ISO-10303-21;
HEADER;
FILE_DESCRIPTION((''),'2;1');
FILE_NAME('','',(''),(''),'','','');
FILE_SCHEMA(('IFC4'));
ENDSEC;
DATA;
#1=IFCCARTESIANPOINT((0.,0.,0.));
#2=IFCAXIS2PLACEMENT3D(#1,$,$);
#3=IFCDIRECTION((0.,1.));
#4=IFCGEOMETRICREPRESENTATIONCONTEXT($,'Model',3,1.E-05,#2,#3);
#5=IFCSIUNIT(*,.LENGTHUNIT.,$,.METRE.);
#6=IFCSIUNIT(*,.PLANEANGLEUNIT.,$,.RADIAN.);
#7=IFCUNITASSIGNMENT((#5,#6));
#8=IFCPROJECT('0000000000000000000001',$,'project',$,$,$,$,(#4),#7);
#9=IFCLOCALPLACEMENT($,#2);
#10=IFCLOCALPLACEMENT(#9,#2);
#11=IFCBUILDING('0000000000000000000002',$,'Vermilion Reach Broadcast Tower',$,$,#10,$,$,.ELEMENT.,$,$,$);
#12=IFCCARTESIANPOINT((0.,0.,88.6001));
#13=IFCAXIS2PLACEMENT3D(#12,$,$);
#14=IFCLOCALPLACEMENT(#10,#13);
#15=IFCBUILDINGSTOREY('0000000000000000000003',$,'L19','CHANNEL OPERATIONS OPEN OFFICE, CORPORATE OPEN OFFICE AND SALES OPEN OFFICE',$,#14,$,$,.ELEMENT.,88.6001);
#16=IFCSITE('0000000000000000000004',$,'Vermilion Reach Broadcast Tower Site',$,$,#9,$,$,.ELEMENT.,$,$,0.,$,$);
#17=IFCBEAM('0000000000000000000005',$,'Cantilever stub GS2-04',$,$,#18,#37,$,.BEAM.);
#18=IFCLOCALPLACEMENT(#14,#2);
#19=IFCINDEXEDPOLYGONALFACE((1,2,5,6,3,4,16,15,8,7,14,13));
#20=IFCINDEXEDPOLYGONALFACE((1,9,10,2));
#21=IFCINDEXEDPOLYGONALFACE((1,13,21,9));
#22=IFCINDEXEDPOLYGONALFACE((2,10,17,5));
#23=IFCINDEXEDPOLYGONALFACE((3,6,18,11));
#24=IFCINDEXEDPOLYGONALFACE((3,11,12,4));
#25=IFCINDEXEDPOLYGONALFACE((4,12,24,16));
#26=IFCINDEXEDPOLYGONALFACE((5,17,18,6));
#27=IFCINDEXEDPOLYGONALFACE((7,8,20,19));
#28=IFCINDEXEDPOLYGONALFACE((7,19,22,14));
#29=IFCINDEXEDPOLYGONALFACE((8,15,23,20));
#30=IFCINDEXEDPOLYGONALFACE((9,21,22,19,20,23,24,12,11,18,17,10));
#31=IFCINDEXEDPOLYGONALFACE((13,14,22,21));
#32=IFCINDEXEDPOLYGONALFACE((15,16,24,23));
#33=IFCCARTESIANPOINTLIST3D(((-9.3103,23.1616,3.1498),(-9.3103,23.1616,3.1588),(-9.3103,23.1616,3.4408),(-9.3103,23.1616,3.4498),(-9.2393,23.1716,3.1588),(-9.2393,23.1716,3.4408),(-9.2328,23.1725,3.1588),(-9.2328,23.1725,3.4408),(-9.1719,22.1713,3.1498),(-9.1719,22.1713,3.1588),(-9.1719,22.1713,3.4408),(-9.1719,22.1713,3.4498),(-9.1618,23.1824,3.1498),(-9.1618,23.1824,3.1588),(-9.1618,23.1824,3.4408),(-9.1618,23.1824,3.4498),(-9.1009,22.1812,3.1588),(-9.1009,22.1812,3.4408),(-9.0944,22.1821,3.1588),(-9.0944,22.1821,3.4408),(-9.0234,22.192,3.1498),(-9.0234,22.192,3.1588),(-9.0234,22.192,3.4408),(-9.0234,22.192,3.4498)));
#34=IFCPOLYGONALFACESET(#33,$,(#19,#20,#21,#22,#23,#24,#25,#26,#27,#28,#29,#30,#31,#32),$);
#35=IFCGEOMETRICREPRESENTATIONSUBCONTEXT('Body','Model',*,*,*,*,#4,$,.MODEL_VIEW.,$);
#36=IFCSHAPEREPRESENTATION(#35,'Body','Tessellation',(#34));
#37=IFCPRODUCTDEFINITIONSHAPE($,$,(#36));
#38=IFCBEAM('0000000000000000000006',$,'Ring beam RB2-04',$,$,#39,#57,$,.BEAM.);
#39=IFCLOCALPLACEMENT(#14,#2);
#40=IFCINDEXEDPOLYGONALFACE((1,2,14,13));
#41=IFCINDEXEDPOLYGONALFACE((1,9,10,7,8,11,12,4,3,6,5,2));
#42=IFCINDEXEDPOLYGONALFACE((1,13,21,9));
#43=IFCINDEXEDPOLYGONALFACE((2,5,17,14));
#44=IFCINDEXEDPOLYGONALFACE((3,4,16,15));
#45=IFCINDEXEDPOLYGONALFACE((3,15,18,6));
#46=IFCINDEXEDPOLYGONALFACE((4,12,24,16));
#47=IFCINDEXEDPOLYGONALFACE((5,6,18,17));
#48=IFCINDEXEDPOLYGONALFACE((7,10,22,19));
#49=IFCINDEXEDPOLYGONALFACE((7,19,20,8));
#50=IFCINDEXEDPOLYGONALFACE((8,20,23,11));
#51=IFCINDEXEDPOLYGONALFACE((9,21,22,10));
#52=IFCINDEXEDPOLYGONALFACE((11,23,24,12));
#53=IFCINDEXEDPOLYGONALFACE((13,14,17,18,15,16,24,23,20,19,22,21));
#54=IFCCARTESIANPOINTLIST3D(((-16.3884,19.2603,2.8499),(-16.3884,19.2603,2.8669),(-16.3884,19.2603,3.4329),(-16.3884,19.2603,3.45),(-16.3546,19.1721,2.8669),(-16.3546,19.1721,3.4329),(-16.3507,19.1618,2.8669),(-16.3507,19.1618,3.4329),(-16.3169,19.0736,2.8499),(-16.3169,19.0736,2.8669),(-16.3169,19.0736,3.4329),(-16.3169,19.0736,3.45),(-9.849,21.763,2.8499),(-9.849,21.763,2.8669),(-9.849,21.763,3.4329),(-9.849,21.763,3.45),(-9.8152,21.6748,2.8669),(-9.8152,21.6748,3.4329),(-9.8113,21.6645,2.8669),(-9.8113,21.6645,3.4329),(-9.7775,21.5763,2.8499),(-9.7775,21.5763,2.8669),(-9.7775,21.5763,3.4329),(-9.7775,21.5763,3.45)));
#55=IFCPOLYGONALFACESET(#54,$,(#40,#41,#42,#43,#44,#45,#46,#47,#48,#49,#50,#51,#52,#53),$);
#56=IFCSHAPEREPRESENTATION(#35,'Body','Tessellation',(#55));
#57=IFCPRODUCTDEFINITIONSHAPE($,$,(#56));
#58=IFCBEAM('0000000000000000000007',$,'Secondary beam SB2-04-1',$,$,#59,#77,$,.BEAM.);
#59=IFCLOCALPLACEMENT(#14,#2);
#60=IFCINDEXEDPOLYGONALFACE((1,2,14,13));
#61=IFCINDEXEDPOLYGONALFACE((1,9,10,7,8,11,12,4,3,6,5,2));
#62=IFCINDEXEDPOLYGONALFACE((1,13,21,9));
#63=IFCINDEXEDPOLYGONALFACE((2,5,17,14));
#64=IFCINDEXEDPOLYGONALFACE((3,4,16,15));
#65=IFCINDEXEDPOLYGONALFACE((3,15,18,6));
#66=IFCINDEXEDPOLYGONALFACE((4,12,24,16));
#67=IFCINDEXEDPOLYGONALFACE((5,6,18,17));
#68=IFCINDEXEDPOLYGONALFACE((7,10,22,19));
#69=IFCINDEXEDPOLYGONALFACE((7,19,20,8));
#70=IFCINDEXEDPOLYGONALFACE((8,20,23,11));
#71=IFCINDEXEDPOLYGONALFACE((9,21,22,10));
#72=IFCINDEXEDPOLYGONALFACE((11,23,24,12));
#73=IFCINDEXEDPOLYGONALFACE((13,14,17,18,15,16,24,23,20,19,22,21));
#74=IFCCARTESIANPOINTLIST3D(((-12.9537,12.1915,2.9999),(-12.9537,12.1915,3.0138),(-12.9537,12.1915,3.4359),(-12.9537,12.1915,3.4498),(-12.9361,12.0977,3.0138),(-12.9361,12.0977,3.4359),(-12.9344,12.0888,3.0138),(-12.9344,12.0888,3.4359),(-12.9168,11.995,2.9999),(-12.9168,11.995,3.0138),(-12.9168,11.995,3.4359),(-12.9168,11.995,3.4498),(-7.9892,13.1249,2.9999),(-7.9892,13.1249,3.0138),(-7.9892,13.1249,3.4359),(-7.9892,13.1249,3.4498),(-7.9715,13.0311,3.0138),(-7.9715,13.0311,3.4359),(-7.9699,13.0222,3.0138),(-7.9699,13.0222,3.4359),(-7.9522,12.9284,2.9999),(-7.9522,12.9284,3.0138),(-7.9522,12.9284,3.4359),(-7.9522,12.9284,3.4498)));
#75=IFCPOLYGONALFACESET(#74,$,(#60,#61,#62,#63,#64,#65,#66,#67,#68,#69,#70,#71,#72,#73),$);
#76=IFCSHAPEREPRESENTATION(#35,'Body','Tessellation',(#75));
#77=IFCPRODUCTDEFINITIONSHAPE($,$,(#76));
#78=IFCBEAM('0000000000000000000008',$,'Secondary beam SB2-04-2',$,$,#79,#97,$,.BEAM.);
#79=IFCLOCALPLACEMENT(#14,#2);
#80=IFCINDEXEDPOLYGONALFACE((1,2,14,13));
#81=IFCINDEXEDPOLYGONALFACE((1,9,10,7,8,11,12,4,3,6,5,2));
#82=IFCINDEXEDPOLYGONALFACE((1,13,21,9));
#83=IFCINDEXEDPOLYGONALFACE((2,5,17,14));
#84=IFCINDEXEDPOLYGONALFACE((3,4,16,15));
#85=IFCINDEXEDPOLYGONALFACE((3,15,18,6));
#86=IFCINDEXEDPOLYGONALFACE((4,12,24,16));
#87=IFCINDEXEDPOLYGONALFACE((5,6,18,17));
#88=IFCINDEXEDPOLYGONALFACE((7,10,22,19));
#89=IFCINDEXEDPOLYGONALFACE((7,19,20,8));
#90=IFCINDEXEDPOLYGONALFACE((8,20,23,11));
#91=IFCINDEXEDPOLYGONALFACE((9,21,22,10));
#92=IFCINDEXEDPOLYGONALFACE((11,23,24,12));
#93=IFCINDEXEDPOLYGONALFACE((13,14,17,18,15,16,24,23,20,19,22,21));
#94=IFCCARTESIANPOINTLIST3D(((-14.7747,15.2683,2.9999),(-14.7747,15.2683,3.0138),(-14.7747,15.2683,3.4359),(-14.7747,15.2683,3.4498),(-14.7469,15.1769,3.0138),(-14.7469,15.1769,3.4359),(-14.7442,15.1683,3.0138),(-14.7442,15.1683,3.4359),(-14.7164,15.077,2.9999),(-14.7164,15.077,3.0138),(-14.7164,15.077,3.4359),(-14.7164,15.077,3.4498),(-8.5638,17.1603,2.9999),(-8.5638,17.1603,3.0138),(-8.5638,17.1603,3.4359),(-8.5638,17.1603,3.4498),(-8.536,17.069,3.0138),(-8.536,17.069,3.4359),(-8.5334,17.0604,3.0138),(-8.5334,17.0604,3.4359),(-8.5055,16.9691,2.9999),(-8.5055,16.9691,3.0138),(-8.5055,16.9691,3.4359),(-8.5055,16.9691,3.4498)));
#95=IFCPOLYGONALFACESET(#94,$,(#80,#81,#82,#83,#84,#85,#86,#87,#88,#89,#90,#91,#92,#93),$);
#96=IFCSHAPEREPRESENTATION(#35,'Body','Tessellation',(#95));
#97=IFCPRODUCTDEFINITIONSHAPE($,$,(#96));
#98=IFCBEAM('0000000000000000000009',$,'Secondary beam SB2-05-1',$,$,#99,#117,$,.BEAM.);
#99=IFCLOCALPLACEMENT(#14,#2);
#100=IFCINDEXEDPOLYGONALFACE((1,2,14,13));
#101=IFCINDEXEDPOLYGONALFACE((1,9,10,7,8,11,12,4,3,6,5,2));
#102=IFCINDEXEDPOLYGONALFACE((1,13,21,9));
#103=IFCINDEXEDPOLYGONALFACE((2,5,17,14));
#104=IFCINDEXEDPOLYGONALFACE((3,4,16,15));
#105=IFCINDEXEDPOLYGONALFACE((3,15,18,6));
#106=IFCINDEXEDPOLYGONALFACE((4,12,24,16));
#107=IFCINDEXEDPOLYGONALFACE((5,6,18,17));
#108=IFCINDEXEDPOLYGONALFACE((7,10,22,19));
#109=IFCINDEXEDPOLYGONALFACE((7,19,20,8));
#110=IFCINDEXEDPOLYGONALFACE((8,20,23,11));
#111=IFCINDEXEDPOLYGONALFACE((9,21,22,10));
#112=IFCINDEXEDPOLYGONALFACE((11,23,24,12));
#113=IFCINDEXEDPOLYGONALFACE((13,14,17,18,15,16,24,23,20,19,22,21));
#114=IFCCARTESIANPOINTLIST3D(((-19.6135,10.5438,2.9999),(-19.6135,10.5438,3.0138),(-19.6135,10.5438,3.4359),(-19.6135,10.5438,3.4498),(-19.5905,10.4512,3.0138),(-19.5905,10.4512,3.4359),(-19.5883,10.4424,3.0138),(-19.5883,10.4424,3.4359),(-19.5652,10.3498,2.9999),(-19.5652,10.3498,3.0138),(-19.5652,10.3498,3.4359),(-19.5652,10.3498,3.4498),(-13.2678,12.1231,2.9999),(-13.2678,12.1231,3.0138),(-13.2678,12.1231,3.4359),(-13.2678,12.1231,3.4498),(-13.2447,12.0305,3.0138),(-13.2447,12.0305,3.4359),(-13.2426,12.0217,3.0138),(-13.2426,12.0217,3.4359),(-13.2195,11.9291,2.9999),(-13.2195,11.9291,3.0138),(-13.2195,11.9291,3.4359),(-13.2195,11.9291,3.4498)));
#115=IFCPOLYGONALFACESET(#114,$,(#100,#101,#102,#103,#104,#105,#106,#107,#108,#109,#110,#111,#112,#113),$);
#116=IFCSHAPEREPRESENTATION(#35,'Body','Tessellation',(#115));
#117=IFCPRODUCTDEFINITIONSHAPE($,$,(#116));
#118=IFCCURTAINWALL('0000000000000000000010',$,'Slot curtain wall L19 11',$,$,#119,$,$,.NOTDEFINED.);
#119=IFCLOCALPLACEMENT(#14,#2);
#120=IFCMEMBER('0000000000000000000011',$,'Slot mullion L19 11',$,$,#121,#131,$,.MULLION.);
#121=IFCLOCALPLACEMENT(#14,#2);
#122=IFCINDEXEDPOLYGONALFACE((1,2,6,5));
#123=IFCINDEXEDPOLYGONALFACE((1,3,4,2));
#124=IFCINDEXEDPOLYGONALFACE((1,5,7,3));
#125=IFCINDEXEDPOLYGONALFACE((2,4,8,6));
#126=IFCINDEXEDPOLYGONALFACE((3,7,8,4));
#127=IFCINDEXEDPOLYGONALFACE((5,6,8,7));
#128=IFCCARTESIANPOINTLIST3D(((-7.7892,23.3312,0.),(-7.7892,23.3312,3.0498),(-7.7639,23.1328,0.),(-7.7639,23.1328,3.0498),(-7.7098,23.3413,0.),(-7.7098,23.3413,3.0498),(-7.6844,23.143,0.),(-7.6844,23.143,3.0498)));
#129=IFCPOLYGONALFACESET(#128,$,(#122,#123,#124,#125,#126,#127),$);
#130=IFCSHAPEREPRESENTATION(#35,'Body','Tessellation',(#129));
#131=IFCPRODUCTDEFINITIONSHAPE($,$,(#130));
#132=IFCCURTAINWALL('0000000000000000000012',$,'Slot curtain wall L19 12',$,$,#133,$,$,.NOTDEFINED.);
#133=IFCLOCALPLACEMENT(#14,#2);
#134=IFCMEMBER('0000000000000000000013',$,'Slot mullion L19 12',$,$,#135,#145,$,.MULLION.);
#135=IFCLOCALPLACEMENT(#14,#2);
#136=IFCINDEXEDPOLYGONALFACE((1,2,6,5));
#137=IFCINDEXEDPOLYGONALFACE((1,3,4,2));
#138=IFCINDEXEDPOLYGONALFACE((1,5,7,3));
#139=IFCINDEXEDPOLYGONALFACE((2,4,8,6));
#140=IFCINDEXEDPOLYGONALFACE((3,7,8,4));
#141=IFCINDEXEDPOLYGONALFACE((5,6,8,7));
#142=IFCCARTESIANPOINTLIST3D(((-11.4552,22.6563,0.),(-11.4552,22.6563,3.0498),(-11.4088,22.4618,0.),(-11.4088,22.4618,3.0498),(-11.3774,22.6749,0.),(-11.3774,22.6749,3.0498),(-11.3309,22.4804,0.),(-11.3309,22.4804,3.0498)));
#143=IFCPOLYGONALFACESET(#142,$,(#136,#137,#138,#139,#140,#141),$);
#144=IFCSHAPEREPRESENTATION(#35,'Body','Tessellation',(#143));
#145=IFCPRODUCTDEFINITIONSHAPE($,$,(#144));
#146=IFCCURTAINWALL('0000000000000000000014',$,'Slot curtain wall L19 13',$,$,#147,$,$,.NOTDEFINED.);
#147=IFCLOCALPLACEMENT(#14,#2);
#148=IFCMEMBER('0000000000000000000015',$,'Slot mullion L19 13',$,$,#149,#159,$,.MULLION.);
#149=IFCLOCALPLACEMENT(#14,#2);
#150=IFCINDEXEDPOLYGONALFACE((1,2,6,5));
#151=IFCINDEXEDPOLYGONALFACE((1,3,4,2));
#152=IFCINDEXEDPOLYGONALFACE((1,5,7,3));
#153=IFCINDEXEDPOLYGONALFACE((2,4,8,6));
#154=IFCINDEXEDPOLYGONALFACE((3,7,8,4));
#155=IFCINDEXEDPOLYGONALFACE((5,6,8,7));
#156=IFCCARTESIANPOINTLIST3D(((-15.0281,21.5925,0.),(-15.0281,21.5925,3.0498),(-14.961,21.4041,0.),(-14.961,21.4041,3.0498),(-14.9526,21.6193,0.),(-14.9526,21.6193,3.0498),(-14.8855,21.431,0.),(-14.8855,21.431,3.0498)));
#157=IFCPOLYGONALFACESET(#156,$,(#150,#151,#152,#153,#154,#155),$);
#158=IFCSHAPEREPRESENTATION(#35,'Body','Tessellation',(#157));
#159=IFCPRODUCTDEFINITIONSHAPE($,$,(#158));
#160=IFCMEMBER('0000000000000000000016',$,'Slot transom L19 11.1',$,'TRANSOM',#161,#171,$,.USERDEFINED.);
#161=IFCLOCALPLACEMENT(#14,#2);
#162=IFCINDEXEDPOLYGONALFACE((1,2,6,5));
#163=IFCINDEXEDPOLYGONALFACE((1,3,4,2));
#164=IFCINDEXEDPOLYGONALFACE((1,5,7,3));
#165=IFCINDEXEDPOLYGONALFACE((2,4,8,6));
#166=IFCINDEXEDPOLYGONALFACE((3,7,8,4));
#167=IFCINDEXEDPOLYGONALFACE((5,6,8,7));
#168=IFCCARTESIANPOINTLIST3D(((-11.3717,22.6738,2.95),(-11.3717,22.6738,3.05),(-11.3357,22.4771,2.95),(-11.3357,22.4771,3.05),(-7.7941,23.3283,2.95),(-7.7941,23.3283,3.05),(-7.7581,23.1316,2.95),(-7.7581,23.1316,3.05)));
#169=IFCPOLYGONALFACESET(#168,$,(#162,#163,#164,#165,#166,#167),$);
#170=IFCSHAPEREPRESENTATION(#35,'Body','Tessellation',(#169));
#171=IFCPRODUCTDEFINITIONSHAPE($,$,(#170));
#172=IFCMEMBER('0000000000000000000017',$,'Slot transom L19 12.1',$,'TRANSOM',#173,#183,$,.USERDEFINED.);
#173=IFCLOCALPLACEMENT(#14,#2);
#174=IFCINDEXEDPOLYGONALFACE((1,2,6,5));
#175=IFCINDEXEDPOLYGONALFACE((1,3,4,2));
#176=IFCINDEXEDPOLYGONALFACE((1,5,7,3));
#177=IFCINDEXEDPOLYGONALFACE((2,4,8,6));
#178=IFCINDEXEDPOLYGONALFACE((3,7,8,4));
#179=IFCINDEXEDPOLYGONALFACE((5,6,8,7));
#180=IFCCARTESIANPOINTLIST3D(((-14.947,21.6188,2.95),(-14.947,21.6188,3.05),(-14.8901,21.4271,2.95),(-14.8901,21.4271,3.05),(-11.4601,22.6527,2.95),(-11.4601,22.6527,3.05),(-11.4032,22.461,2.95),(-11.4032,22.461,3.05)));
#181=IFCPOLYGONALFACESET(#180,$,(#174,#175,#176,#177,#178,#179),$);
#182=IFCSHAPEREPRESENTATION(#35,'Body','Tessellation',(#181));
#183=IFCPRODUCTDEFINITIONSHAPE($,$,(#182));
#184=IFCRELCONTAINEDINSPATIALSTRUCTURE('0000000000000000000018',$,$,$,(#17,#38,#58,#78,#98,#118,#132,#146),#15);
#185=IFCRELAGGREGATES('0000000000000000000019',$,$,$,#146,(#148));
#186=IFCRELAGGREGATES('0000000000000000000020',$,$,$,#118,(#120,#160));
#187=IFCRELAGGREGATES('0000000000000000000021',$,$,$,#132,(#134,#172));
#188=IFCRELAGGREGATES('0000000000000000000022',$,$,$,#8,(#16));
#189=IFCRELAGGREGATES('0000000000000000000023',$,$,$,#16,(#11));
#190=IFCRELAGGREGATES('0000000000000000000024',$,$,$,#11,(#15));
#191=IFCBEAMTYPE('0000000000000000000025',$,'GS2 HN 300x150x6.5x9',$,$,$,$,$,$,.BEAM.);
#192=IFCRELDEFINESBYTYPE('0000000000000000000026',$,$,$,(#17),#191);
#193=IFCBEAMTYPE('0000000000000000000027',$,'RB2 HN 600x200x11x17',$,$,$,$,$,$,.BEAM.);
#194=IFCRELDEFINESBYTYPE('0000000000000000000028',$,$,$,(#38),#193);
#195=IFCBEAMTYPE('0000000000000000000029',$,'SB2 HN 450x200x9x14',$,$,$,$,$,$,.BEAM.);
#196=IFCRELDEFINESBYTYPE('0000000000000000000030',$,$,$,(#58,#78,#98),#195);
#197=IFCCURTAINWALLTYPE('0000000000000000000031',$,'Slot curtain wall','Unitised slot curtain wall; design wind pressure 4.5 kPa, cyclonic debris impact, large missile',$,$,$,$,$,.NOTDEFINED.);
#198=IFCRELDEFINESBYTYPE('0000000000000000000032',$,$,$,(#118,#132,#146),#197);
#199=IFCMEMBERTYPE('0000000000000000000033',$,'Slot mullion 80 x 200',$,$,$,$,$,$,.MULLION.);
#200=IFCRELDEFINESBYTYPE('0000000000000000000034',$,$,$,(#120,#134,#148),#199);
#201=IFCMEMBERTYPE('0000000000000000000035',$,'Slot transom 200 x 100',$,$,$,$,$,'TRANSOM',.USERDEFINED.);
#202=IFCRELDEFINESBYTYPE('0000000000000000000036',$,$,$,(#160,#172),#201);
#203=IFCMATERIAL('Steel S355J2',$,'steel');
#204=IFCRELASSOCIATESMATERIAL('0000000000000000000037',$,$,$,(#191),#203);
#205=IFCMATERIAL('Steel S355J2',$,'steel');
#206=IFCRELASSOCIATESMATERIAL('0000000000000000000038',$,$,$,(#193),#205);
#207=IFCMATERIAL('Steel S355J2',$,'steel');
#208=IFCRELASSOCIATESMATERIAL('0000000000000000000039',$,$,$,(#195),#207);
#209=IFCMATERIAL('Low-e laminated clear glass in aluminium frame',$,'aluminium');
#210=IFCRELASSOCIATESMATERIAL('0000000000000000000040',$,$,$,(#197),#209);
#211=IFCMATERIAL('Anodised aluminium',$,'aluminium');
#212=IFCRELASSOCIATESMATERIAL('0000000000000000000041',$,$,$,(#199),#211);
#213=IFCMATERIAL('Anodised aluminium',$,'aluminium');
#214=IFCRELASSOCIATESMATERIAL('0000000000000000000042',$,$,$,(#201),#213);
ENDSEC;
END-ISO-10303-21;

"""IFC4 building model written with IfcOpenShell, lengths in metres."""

from ifc_helpers import new_model, si_unit, direction, frame, origin, origin_2d, place, context, subcontext, project, spatial, rectangle, i_section, extrude, material, material_profile, profile_set, type_object, element, aggregate, save


model = new_model("IFC4")

# Units and contexts
model_context = context("Model", 3, precision=1e-05, world=origin(), true_north=direction((0.0, 1.0)))
body_context = subcontext(model_context, "Body", "Model", "MODEL_VIEW")
ifc_project = project(units=[si_unit("LENGTHUNIT", "METRE"), si_unit("PLANEANGLEUNIT", "RADIAN")], contexts=[model_context])

# Site, building, storey
site_placement = place(None, origin())
site = spatial("IfcSite", under=ifc_project, at=site_placement, Name="Vermilion Reach Broadcast Tower Site", CompositionType="ELEMENT", RefElevation=0.0)
building_placement = place(site_placement, origin())
building = spatial("IfcBuilding", under=site, at=building_placement, Name="Vermilion Reach Broadcast Tower", CompositionType="ELEMENT")
storey_placement = place(building_placement, frame((0.0, 0.0, 88.6001)))
storey = spatial("IfcBuildingStorey", under=building, at=storey_placement, Name="L19", Description="CHANNEL OPERATIONS OPEN OFFICE, CORPORATE OPEN OFFICE AND SALES OPEN OFFICE", CompositionType="ELEMENT", Elevation=88.6001)

# Beams
ifc_material_1 = material(Name="Steel S355J2", Category="steel")
ifc_material_profile_1 = material_profile(ifc_material_1, i_section(OverallWidth=0.1499, OverallDepth=0.3, WebThickness=0.0066, FlangeThickness=0.009, at=origin_2d()), Name="S355J2 HN 300x150x6.5x9")
ifc_profile_set_1 = profile_set([ifc_material_profile_1], Name="Steel S355J2")
beam_type_1 = type_object("IfcBeamType", Name="GS2 HN 300x150x6.5x9", PredefinedType="BEAM", material=ifc_profile_set_1)
beam_1_placement = place(storey_placement, frame((-9.0977, 22.1816, 3.2998), z_axis=(-0.138413, 0.990375, 0.0), x_axis=(-0.990375, -0.138413, 0.0)))
element("IfcBeam", 1, at=beam_1_placement, inside=storey, type_object=beam_type_1, Name="Cantilever stub GS2-04", PredefinedType="BEAM", context=body_context, shape_type="SweptSolid", body=[
    extrude(i_section(OverallWidth=0.1499, OverallDepth=0.3, WebThickness=0.0066, FlangeThickness=0.009, at=origin_2d()), origin(), (0.0, 0.0, 1.0), 1.0),
])
ifc_material_2 = material(Name="Steel S355J2", Category="steel")
ifc_material_profile_2 = material_profile(ifc_material_2, i_section(OverallWidth=0.2, OverallDepth=0.6001, WebThickness=0.011, FlangeThickness=0.0171, at=origin_2d()), Name="S355J2 HN 600x200x11x17")
ifc_profile_set_2 = profile_set([ifc_material_profile_2], Name="Steel S355J2")
beam_type_2 = type_object("IfcBeamType", Name="RB2 HN 600x200x11x17", PredefinedType="BEAM", material=ifc_profile_set_2)
beam_2_placement = place(storey_placement, frame((-9.8132, 21.6697, 3.1499), z_axis=(-0.933939, -0.357432, 0.0), x_axis=(0.357432, -0.933939, 0.0)))
element("IfcBeam", 2, at=beam_2_placement, inside=storey, type_object=beam_type_2, Name="Ring beam RB2-04", PredefinedType="BEAM", context=body_context, shape_type="SweptSolid", body=[
    extrude(i_section(OverallWidth=0.2, OverallDepth=0.6001, WebThickness=0.011, FlangeThickness=0.0171, at=origin_2d()), origin(), (0.0, 0.0, 1.0), 7.002),
])
ifc_material_3 = material(Name="Steel S355J2", Category="steel")
ifc_material_profile_3 = material_profile(ifc_material_3, i_section(OverallWidth=0.2, OverallDepth=0.45, WebThickness=0.009, FlangeThickness=0.0139, at=origin_2d()), Name="S355J2 HN 450x200x9x14")
ifc_profile_set_3 = profile_set([ifc_material_profile_3], Name="Steel S355J2")
beam_type_3 = type_object("IfcBeamType", Name="SB2 HN 450x200x9x14", PredefinedType="BEAM", material=ifc_profile_set_3)
beam_3_placement = place(storey_placement, frame((-7.9707, 13.0266, 3.2249), z_axis=(-0.982783, -0.184764, 0.0), x_axis=(0.184764, -0.982783, 0.0)))
element("IfcBeam", 3, at=beam_3_placement, inside=storey, type_object=beam_type_3, Name="Secondary beam SB2-04-1", PredefinedType="BEAM", context=body_context, shape_type="SweptSolid", body=[
    extrude(i_section(OverallWidth=0.2, OverallDepth=0.45, WebThickness=0.009, FlangeThickness=0.0139, at=origin_2d()), origin(), (0.0, 0.0, 1.0), 5.0515),
])
beam_4_placement = place(storey_placement, frame((-8.5347, 17.0647, 3.2249), z_axis=(-0.956596, -0.291416, 0.0), x_axis=(0.291416, -0.956596, 0.0)))
element("IfcBeam", 4, at=beam_4_placement, inside=storey, type_object=beam_type_3, Name="Secondary beam SB2-04-2", PredefinedType="BEAM", context=body_context, shape_type="SweptSolid", body=[
    extrude(i_section(OverallWidth=0.2, OverallDepth=0.45, WebThickness=0.009, FlangeThickness=0.0139, at=origin_2d()), origin(), (0.0, 0.0, 1.0), 6.4927),
])
beam_5_placement = place(storey_placement, frame((-13.2437, 12.0261, 3.2249), z_axis=(-0.970397, -0.241516, 0.0), x_axis=(0.241516, -0.970397, 0.0)))
element("IfcBeam", 5, at=beam_5_placement, inside=storey, type_object=beam_type_3, Name="Secondary beam SB2-05-1", PredefinedType="BEAM", context=body_context, shape_type="SweptSolid", body=[
    extrude(i_section(OverallWidth=0.2, OverallDepth=0.45, WebThickness=0.009, FlangeThickness=0.0139, at=origin_2d()), origin(), (0.0, 0.0, 1.0), 6.5393),
])

# Curtain walls, members
ifc_material_4 = material(Name="Low-e laminated clear glass in aluminium frame", Category="aluminium")
curtain_wall_type = type_object("IfcCurtainWallType", Name="Slot curtain wall", Description="Unitised slot curtain wall; design wind pressure 4.5 kPa, cyclonic debris impact, large missile", PredefinedType="NOTDEFINED", material=ifc_material_4)
placement = place(storey_placement, origin())
curtain_wall_1 = element("IfcCurtainWall", 6, at=placement, inside=storey, type_object=curtain_wall_type, Name="Slot curtain wall L19 11", PredefinedType="NOTDEFINED")
ifc_material_5 = material(Name="Anodised aluminium", Category="aluminium")
ifc_material_profile_4 = material_profile(ifc_material_5, rectangle(XDim=0.2, YDim=0.0801, at=origin_2d()), Name="Slot mullion 80 x 200")
ifc_profile_set_4 = profile_set([ifc_material_profile_4], Name="Anodised aluminium")
member_type_1 = type_object("IfcMemberType", Name="Slot mullion 80 x 200", PredefinedType="MULLION", material=ifc_profile_set_4)
member_1_placement = place(storey_placement, frame((-7.7368, 23.2371, 0.0), z_axis=(0.0, 0.0, 1.0), x_axis=(0.126616, -0.991952, 0.0)))
member_1 = element("IfcMember", 7, at=member_1_placement, type_object=member_type_1, Name="Slot mullion L19 11", PredefinedType="MULLION", context=body_context, shape_type="SweptSolid", body=[
    extrude(rectangle(XDim=0.2, YDim=0.0801, at=origin_2d()), origin(), (0.0, 0.0, 1.0), 3.0498),
])
curtain_wall_2 = element("IfcCurtainWall", 8, at=placement, inside=storey, type_object=curtain_wall_type, Name="Slot curtain wall L19 12", PredefinedType="NOTDEFINED")
member_2_placement = place(storey_placement, frame((-11.3931, 22.5684, 0.0), z_axis=(0.0, 0.0, 1.0), x_axis=(0.232427, -0.972614, 0.0)))
member_2 = element("IfcMember", 9, at=member_2_placement, type_object=member_type_1, Name="Slot mullion L19 12", PredefinedType="MULLION", context=body_context, shape_type="SweptSolid", body=[
    extrude(rectangle(XDim=0.2, YDim=0.0801, at=origin_2d()), origin(), (0.0, 0.0, 1.0), 3.0498),
])
curtain_wall_3 = element("IfcCurtainWall", 10, at=placement, inside=storey, type_object=curtain_wall_type, Name="Slot curtain wall L19 13", PredefinedType="NOTDEFINED")
member_3_placement = place(storey_placement, frame((-14.9568, 21.5117, 0.0), z_axis=(0.0, 0.0, 1.0), x_axis=(0.335549, -0.942023, 0.0)))
member_3 = element("IfcMember", 11, at=member_3_placement, type_object=member_type_1, Name="Slot mullion L19 13", PredefinedType="MULLION", context=body_context, shape_type="SweptSolid", body=[
    extrude(rectangle(XDim=0.2, YDim=0.0801, at=origin_2d()), origin(), (0.0, 0.0, 1.0), 3.0498),
])
aggregate(curtain_wall_3, [member_3])

# Members
ifc_material_6 = material(Name="Anodised aluminium", Category="aluminium")
ifc_material_profile_5 = material_profile(ifc_material_6, rectangle(XDim=0.2, YDim=0.1001, at=origin_2d()), Name="Slot transom 200 x 100")
ifc_profile_set_5 = profile_set([ifc_material_profile_5], Name="Anodised aluminium")
member_type_2 = type_object("IfcMemberType", Name="Slot transom 200 x 100", ElementType="TRANSOM", PredefinedType="USERDEFINED", material=ifc_profile_set_5)
member_4_placement = place(storey_placement, frame((-7.7761, 23.23, 3.0), z_axis=(-0.983673, -0.179966, 0.0), x_axis=(0.179966, -0.983673, 0.0)))
member_4 = element("IfcMember", 12, at=member_4_placement, type_object=member_type_2, Name="Slot transom L19 11.1", ObjectType="TRANSOM", PredefinedType="USERDEFINED", context=body_context, shape_type="SweptSolid", body=[
    extrude(rectangle(XDim=0.2, YDim=0.1001, at=origin_2d()), origin(), (0.0, 0.0, 1.0), 3.637),
])
member_5_placement = place(storey_placement, frame((-11.4316, 22.5569, 3.0), z_axis=(-0.958738, -0.284292, 0.0), x_axis=(0.284292, -0.958738, 0.0)))
member_5 = element("IfcMember", 13, at=member_5_placement, type_object=member_type_2, Name="Slot transom L19 12.1", ObjectType="TRANSOM", PredefinedType="USERDEFINED", context=body_context, shape_type="SweptSolid", body=[
    extrude(rectangle(XDim=0.2, YDim=0.1001, at=origin_2d()), origin(), (0.0, 0.0, 1.0), 3.637),
])

aggregate(curtain_wall_1, [member_1, member_4])
aggregate(curtain_wall_2, [member_2, member_5])

save(model, "model.ifc")
